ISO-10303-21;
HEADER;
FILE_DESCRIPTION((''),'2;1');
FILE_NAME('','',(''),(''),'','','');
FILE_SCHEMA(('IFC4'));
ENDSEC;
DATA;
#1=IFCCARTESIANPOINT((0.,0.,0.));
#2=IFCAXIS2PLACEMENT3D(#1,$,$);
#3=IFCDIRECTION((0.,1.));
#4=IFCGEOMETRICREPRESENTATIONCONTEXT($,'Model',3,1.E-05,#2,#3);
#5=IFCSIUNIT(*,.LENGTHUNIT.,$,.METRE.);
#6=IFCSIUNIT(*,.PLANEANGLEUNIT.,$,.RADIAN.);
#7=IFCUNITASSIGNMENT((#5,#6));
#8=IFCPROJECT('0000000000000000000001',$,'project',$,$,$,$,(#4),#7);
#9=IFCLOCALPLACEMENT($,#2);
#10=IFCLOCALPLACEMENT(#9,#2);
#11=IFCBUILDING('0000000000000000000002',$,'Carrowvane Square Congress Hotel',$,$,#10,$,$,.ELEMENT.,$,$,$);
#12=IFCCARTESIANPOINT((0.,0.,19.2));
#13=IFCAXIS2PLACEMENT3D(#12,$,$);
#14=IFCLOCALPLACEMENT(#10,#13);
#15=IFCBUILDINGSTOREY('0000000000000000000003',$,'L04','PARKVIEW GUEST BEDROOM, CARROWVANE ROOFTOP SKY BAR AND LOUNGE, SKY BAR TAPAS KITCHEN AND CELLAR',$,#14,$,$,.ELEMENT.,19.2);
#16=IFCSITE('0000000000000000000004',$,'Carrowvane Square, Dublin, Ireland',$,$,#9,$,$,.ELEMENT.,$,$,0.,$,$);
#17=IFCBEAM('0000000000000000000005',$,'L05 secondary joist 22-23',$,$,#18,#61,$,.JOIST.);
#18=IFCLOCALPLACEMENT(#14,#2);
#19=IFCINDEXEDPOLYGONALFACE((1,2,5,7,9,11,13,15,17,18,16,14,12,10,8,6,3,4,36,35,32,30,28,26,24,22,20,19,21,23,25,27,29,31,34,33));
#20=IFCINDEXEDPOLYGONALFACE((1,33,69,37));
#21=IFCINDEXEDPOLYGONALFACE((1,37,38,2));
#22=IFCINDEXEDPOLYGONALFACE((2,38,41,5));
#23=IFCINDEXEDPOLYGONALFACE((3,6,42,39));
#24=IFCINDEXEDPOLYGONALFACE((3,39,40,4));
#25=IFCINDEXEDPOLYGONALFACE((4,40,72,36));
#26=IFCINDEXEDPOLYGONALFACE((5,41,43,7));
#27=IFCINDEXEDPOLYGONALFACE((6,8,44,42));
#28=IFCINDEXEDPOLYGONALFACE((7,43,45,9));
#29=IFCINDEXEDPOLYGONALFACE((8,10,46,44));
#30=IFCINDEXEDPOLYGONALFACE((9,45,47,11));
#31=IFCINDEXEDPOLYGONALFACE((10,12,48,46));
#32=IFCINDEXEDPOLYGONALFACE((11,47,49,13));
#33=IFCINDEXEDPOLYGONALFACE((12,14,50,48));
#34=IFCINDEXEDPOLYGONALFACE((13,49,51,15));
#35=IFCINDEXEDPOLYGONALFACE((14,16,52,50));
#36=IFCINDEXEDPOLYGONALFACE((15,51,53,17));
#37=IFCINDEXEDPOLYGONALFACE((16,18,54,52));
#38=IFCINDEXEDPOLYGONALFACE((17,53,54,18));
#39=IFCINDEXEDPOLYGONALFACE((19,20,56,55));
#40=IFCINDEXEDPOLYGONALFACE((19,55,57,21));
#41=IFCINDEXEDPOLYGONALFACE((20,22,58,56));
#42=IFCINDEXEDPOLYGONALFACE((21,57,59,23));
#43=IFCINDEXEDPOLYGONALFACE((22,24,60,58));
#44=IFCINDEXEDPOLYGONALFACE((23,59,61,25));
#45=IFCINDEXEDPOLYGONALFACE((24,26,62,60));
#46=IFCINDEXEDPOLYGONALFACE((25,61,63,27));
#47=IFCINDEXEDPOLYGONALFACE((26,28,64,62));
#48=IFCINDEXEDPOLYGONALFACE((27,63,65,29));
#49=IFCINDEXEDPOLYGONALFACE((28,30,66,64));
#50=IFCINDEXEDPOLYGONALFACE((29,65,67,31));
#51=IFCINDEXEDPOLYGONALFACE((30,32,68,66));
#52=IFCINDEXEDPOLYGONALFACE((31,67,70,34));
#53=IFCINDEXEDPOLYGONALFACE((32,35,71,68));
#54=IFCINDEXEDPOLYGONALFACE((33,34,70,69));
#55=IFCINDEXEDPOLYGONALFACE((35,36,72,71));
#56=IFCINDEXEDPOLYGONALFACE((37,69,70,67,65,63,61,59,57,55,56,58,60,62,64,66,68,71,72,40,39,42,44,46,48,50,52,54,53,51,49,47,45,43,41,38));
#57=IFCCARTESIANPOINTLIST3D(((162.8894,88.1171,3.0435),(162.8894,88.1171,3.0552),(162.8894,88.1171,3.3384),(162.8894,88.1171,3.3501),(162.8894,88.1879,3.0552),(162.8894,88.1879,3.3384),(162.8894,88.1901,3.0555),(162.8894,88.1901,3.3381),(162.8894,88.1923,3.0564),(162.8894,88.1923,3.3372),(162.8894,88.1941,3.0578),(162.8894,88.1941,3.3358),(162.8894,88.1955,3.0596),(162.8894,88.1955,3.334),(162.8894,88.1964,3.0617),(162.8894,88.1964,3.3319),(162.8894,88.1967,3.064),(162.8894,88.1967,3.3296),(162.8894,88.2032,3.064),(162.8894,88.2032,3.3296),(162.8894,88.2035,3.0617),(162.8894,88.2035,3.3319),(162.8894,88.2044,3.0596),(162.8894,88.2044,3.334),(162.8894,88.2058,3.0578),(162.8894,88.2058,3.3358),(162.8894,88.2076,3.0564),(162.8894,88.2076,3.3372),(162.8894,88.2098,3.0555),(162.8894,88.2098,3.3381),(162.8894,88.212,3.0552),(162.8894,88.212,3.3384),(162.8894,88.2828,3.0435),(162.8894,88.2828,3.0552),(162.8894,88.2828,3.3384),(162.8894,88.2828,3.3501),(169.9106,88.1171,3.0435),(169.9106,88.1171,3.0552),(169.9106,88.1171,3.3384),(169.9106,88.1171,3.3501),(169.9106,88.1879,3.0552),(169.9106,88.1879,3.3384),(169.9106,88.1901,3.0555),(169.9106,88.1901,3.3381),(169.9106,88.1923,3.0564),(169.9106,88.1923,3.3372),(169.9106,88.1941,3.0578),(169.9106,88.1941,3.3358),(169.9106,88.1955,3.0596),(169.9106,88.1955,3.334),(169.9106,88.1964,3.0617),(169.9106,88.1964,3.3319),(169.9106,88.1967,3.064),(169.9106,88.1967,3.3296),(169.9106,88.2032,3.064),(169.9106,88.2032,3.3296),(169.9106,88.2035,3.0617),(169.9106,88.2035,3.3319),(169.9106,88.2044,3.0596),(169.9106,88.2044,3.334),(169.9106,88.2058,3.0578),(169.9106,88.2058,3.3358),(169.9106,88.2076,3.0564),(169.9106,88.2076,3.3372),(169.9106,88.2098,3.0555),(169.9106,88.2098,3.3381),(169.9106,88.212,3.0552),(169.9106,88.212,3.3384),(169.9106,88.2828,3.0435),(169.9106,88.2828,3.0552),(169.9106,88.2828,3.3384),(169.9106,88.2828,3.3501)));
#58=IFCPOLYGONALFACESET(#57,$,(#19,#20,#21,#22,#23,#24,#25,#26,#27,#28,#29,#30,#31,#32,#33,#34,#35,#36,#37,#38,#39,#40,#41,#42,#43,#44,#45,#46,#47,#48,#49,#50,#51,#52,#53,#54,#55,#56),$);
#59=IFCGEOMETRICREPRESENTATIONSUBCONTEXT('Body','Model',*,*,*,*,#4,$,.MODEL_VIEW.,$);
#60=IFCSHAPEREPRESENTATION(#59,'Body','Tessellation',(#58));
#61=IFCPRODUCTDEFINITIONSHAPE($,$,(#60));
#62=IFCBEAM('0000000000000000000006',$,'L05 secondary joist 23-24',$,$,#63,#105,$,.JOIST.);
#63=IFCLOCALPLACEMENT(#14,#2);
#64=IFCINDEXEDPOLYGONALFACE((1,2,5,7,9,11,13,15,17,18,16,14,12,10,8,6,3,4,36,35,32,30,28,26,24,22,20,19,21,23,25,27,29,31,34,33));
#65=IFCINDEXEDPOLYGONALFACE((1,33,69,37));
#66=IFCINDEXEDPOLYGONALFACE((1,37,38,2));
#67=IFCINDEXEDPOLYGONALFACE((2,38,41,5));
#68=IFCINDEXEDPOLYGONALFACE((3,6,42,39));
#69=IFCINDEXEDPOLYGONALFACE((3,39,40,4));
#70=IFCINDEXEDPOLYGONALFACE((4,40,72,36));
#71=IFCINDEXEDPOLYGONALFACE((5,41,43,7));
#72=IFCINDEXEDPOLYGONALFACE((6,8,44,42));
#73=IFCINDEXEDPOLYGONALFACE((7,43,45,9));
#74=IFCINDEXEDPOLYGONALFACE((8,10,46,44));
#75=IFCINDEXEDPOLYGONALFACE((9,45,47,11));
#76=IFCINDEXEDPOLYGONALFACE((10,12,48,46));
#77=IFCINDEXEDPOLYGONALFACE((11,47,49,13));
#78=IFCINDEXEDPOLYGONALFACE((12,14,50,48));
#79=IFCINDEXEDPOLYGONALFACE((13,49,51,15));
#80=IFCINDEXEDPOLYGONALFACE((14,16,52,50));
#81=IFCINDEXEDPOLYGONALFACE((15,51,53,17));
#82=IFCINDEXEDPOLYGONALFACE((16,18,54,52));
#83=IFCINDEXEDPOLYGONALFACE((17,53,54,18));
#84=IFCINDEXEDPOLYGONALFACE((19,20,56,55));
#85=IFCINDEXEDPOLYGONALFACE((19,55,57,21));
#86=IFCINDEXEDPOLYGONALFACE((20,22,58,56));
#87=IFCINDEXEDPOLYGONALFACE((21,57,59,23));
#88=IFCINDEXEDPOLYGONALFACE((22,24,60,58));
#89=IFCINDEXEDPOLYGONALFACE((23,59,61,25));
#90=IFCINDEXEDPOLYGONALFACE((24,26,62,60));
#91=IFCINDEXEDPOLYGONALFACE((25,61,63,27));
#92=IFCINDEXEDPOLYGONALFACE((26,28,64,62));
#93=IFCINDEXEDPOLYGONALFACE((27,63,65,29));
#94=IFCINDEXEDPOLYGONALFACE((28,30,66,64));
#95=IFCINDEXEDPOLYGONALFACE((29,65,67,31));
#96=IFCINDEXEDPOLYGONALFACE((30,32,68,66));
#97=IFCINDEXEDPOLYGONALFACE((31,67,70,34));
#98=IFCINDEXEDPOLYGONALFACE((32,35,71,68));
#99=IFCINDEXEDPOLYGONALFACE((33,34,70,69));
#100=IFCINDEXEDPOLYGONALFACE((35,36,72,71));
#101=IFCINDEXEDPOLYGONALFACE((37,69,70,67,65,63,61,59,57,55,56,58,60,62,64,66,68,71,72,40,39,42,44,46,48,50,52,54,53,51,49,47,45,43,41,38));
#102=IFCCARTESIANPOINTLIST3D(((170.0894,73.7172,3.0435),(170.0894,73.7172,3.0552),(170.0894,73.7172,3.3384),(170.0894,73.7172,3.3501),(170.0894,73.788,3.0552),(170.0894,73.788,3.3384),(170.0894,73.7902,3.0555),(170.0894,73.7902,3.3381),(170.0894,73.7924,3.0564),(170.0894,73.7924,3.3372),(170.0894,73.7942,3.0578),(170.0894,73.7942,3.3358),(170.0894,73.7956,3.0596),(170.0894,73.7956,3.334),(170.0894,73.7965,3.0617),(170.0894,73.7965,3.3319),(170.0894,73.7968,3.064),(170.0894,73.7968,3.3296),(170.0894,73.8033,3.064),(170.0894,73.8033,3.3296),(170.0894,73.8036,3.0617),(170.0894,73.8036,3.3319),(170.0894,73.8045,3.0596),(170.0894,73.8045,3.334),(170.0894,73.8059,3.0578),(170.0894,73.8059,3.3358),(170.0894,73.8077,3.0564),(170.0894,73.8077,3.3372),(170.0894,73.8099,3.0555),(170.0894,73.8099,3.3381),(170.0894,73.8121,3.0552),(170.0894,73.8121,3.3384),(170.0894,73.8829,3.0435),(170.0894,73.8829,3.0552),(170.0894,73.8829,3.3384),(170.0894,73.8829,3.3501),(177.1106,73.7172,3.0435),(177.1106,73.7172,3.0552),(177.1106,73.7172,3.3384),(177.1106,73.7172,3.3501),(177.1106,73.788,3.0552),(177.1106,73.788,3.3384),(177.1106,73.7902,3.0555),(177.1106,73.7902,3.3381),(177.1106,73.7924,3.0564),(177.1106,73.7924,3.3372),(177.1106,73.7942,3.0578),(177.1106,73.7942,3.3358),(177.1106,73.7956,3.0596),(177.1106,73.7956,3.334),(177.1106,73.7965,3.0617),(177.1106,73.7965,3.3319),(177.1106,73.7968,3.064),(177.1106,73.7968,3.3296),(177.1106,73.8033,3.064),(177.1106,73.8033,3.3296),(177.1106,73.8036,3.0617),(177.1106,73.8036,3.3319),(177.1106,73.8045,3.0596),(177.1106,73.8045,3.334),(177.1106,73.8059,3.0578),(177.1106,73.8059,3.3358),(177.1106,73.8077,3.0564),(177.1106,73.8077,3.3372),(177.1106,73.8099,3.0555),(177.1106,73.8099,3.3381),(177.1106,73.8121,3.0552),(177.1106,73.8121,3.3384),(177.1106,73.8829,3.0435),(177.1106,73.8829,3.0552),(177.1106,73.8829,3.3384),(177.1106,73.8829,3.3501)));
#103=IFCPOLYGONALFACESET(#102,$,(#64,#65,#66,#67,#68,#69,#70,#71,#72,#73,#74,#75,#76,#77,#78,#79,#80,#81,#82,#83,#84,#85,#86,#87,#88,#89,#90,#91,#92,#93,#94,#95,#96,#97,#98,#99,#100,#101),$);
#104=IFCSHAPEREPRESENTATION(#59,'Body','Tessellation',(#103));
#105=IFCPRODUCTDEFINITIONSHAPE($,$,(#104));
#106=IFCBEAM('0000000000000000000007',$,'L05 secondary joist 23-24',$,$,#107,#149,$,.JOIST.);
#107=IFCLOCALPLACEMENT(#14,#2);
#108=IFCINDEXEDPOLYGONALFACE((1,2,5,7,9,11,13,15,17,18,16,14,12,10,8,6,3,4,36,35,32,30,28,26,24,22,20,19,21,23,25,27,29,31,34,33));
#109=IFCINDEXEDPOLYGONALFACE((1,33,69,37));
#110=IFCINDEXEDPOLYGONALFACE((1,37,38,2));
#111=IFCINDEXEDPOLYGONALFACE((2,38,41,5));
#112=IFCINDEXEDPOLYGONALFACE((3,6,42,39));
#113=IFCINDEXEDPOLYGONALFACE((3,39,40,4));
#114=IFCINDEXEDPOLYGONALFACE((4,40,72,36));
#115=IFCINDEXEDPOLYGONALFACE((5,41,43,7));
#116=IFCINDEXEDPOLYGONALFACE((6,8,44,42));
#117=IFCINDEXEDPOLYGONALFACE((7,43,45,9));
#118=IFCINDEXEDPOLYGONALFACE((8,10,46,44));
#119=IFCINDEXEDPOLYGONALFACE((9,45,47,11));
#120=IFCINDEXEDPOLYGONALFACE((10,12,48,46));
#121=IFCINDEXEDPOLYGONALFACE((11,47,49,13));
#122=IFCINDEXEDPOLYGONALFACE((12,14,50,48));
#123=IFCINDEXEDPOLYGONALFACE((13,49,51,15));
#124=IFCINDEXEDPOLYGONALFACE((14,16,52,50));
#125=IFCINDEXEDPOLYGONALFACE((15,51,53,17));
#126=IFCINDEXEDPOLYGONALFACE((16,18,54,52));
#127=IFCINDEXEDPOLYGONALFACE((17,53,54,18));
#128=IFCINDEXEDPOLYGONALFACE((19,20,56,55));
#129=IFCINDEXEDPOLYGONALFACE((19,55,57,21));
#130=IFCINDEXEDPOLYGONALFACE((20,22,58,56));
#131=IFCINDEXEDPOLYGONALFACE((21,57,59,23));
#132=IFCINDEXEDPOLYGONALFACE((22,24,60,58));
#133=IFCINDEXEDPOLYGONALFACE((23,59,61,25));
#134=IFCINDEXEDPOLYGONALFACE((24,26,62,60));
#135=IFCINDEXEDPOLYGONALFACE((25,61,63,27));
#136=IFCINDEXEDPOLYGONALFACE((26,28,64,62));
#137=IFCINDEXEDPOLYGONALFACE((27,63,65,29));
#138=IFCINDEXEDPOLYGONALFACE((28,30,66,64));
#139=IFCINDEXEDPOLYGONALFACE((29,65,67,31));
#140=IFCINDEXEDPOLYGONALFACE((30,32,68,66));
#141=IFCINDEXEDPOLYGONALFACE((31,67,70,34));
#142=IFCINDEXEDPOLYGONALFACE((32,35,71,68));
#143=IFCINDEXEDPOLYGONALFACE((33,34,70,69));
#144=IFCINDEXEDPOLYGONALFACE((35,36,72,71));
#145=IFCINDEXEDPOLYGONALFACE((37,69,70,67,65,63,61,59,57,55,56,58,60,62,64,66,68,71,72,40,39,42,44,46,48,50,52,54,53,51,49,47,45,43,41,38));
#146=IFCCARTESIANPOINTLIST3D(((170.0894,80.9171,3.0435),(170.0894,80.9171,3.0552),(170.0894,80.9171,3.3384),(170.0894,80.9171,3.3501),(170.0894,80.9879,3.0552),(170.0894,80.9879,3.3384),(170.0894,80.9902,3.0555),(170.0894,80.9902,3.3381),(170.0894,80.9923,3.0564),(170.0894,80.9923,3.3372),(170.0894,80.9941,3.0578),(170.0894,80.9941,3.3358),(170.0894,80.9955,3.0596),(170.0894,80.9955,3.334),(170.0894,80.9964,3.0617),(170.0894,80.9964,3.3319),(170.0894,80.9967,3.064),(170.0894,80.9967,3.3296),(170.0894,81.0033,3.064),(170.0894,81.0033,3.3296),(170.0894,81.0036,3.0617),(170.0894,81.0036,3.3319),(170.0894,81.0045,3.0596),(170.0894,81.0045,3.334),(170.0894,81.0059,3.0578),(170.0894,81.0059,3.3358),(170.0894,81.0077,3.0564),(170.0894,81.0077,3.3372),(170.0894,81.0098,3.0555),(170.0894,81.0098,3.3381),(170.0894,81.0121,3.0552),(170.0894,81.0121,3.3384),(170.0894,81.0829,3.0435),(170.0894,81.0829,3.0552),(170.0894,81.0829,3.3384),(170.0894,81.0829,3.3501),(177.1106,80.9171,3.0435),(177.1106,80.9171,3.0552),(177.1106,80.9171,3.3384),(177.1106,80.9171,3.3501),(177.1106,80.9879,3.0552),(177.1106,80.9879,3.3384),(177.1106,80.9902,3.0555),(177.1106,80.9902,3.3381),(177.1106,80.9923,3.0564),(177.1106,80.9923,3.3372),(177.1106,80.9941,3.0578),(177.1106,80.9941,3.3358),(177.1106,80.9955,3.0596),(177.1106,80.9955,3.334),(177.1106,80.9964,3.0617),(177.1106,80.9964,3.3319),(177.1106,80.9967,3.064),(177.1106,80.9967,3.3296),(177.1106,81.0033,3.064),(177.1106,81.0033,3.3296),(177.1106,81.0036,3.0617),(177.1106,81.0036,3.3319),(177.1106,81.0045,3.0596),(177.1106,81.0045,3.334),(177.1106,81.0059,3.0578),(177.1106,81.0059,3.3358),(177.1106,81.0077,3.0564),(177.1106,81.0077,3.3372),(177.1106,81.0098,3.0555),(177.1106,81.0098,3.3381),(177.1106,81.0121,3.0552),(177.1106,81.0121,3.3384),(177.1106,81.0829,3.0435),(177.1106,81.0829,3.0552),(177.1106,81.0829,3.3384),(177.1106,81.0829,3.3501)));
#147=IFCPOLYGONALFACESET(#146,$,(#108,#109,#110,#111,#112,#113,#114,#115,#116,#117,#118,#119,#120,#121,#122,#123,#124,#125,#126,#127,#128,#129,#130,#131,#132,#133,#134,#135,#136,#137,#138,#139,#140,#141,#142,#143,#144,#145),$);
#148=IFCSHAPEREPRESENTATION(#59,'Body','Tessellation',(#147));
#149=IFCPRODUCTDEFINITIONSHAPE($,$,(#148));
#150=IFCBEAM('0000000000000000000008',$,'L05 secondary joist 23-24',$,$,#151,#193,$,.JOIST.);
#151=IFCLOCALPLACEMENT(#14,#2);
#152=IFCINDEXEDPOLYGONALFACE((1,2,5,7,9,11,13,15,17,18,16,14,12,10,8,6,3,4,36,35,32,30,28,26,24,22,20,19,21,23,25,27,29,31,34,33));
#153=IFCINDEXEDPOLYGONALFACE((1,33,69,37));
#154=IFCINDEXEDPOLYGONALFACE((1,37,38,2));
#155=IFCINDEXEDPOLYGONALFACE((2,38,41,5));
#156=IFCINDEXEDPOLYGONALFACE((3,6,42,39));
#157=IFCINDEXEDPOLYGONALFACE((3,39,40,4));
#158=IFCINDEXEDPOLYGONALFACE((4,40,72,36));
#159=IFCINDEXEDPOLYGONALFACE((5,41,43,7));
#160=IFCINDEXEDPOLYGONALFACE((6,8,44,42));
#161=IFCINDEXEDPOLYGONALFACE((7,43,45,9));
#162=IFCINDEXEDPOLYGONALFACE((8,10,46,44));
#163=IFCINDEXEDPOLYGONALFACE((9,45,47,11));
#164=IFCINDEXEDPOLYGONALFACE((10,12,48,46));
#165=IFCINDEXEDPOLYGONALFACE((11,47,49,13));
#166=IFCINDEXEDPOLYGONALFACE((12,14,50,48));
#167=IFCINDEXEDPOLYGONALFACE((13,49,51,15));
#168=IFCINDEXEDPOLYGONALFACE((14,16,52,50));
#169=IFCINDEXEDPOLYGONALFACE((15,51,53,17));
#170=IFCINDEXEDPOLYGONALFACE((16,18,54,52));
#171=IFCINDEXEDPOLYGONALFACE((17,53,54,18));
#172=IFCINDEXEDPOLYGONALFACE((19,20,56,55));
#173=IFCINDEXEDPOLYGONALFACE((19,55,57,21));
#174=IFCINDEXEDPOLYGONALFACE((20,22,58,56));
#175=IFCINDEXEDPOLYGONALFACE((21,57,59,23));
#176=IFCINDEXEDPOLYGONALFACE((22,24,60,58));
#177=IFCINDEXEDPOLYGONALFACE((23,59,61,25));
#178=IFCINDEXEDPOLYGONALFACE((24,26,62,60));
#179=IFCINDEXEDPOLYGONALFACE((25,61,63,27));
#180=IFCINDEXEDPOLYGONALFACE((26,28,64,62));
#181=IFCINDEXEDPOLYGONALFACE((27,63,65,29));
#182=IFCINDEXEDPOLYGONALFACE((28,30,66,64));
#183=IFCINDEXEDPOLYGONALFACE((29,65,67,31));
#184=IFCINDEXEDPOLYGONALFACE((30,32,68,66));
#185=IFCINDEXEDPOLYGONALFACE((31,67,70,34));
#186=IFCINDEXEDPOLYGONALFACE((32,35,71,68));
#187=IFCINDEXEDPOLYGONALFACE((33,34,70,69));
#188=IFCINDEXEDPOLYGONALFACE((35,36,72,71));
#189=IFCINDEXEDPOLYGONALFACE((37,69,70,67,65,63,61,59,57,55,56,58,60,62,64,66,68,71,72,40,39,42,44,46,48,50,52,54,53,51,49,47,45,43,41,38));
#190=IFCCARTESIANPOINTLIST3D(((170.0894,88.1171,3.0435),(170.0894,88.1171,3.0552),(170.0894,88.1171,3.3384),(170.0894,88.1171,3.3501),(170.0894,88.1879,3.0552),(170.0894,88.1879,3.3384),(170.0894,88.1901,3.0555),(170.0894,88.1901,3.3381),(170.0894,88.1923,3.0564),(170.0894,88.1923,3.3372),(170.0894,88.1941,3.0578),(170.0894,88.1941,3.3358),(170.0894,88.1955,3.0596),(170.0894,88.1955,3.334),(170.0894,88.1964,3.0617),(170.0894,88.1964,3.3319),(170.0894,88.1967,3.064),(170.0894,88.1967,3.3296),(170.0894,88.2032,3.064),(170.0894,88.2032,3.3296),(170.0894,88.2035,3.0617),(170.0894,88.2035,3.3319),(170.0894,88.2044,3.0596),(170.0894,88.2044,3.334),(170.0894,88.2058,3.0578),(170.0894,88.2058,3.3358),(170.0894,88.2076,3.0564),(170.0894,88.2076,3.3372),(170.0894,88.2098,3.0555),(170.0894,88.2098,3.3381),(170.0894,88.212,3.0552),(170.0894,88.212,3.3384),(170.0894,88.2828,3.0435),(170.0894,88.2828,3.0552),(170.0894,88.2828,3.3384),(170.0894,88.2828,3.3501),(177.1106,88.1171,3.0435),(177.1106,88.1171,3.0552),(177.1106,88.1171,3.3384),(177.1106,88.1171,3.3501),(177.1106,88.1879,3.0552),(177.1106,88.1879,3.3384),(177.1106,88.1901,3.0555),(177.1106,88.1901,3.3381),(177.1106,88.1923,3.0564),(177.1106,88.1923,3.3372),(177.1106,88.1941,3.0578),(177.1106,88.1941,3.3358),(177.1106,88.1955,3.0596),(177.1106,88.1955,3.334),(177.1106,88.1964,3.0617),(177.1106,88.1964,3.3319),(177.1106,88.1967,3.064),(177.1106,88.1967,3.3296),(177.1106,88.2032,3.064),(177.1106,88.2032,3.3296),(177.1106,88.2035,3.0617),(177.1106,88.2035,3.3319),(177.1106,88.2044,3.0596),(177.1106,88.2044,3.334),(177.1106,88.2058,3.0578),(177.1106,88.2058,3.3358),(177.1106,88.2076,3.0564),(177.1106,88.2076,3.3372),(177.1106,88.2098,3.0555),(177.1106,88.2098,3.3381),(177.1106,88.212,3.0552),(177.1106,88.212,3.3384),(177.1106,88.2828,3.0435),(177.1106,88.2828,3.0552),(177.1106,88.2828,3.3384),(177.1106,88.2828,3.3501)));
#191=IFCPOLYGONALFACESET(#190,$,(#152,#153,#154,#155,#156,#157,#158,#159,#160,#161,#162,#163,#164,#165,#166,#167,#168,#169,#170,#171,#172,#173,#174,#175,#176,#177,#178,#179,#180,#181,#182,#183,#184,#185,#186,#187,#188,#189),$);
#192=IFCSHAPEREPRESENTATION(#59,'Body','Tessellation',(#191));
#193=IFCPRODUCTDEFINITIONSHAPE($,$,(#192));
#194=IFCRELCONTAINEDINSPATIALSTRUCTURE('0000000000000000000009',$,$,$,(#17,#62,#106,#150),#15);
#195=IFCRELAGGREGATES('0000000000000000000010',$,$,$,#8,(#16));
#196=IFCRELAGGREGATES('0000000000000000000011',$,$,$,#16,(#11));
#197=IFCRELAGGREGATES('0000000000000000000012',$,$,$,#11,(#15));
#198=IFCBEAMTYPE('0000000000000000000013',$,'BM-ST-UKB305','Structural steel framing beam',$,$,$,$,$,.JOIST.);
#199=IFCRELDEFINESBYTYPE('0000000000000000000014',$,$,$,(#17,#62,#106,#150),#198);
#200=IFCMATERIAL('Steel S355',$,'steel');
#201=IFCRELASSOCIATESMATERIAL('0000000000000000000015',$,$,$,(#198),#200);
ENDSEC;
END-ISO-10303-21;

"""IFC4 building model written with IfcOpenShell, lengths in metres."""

from ifc_helpers import new_model, si_unit, direction, frame, origin, origin_2d, place, context, subcontext, project, spatial, i_section, extrude, material, material_profile, profile_set, type_object, element, save


model = new_model("IFC4")

# Units and contexts
model_context = context("Model", 3, precision=1e-05, world=origin(), true_north=direction((0.0, 1.0)))
body_context = subcontext(model_context, "Body", "Model", "MODEL_VIEW")
ifc_project = project(units=[si_unit("LENGTHUNIT", "METRE"), si_unit("PLANEANGLEUNIT", "RADIAN")], contexts=[model_context])

# Site, building, storey
site_placement = place(None, origin())
site = spatial("IfcSite", under=ifc_project, at=site_placement, Name="Carrowvane Square, Dublin, Ireland", CompositionType="ELEMENT", RefElevation=0.0)
building_placement = place(site_placement, origin())
building = spatial("IfcBuilding", under=site, at=building_placement, Name="Carrowvane Square Congress Hotel", CompositionType="ELEMENT")
storey_placement = place(building_placement, frame((0.0, 0.0, 19.2)))
storey = spatial("IfcBuildingStorey", under=building, at=storey_placement, Name="L04", Description="PARKVIEW GUEST BEDROOM, CARROWVANE ROOFTOP SKY BAR AND LOUNGE, SKY BAR TAPAS KITCHEN AND CELLAR", CompositionType="ELEMENT", Elevation=19.2)

# Beams
ifc_material_1 = material(Name="Steel S355", Category="steel")
ifc_material_profile_1 = material_profile(ifc_material_1, i_section(OverallWidth=0.1658, OverallDepth=0.3066, WebThickness=0.0066, FlangeThickness=0.0117, FilletRadius=0.0088, at=origin_2d()), Name="UKB 305x165x46")
ifc_profile_set_1 = profile_set([ifc_material_profile_1], Name="Steel S355")
beam_type_1 = type_object("IfcBeamType", Name="BM-ST-UKB305", Description="Structural steel framing beam", PredefinedType="JOIST", material=ifc_profile_set_1)
for number, where, z_axis, x_axis, name in (
    (1, (162.8894, 88.2, 3.1968), (1.0, 0.0, 0.0), (0.0, 1.0, 0.0), "L05 secondary joist 22-23"),
    (2, (170.0894, 73.8, 3.1968), (1.0, 0.0, 0.0), (0.0, 1.0, 0.0), "L05 secondary joist 23-24"),
    (3, (170.0894, 81.0, 3.1968), (1.0, 0.0, 0.0), (0.0, 1.0, 0.0), "L05 secondary joist 23-24"),
    (4, (170.0894, 88.2, 3.1968), (1.0, 0.0, 0.0), (0.0, 1.0, 0.0), "L05 secondary joist 23-24"),
):
    element("IfcBeam", number, at=place(storey_placement, frame(where, z_axis=z_axis, x_axis=x_axis)), inside=storey, type_object=beam_type_1, Name=name, PredefinedType="JOIST", context=body_context, shape_type="SweptSolid", body=[
        extrude(i_section(OverallWidth=0.1658, OverallDepth=0.3066, WebThickness=0.0066, FlangeThickness=0.0117, FilletRadius=0.0088, at=origin_2d()), origin(), (0.0, 0.0, 1.0), 7.0212),
    ])

save(model, "model.ifc")
